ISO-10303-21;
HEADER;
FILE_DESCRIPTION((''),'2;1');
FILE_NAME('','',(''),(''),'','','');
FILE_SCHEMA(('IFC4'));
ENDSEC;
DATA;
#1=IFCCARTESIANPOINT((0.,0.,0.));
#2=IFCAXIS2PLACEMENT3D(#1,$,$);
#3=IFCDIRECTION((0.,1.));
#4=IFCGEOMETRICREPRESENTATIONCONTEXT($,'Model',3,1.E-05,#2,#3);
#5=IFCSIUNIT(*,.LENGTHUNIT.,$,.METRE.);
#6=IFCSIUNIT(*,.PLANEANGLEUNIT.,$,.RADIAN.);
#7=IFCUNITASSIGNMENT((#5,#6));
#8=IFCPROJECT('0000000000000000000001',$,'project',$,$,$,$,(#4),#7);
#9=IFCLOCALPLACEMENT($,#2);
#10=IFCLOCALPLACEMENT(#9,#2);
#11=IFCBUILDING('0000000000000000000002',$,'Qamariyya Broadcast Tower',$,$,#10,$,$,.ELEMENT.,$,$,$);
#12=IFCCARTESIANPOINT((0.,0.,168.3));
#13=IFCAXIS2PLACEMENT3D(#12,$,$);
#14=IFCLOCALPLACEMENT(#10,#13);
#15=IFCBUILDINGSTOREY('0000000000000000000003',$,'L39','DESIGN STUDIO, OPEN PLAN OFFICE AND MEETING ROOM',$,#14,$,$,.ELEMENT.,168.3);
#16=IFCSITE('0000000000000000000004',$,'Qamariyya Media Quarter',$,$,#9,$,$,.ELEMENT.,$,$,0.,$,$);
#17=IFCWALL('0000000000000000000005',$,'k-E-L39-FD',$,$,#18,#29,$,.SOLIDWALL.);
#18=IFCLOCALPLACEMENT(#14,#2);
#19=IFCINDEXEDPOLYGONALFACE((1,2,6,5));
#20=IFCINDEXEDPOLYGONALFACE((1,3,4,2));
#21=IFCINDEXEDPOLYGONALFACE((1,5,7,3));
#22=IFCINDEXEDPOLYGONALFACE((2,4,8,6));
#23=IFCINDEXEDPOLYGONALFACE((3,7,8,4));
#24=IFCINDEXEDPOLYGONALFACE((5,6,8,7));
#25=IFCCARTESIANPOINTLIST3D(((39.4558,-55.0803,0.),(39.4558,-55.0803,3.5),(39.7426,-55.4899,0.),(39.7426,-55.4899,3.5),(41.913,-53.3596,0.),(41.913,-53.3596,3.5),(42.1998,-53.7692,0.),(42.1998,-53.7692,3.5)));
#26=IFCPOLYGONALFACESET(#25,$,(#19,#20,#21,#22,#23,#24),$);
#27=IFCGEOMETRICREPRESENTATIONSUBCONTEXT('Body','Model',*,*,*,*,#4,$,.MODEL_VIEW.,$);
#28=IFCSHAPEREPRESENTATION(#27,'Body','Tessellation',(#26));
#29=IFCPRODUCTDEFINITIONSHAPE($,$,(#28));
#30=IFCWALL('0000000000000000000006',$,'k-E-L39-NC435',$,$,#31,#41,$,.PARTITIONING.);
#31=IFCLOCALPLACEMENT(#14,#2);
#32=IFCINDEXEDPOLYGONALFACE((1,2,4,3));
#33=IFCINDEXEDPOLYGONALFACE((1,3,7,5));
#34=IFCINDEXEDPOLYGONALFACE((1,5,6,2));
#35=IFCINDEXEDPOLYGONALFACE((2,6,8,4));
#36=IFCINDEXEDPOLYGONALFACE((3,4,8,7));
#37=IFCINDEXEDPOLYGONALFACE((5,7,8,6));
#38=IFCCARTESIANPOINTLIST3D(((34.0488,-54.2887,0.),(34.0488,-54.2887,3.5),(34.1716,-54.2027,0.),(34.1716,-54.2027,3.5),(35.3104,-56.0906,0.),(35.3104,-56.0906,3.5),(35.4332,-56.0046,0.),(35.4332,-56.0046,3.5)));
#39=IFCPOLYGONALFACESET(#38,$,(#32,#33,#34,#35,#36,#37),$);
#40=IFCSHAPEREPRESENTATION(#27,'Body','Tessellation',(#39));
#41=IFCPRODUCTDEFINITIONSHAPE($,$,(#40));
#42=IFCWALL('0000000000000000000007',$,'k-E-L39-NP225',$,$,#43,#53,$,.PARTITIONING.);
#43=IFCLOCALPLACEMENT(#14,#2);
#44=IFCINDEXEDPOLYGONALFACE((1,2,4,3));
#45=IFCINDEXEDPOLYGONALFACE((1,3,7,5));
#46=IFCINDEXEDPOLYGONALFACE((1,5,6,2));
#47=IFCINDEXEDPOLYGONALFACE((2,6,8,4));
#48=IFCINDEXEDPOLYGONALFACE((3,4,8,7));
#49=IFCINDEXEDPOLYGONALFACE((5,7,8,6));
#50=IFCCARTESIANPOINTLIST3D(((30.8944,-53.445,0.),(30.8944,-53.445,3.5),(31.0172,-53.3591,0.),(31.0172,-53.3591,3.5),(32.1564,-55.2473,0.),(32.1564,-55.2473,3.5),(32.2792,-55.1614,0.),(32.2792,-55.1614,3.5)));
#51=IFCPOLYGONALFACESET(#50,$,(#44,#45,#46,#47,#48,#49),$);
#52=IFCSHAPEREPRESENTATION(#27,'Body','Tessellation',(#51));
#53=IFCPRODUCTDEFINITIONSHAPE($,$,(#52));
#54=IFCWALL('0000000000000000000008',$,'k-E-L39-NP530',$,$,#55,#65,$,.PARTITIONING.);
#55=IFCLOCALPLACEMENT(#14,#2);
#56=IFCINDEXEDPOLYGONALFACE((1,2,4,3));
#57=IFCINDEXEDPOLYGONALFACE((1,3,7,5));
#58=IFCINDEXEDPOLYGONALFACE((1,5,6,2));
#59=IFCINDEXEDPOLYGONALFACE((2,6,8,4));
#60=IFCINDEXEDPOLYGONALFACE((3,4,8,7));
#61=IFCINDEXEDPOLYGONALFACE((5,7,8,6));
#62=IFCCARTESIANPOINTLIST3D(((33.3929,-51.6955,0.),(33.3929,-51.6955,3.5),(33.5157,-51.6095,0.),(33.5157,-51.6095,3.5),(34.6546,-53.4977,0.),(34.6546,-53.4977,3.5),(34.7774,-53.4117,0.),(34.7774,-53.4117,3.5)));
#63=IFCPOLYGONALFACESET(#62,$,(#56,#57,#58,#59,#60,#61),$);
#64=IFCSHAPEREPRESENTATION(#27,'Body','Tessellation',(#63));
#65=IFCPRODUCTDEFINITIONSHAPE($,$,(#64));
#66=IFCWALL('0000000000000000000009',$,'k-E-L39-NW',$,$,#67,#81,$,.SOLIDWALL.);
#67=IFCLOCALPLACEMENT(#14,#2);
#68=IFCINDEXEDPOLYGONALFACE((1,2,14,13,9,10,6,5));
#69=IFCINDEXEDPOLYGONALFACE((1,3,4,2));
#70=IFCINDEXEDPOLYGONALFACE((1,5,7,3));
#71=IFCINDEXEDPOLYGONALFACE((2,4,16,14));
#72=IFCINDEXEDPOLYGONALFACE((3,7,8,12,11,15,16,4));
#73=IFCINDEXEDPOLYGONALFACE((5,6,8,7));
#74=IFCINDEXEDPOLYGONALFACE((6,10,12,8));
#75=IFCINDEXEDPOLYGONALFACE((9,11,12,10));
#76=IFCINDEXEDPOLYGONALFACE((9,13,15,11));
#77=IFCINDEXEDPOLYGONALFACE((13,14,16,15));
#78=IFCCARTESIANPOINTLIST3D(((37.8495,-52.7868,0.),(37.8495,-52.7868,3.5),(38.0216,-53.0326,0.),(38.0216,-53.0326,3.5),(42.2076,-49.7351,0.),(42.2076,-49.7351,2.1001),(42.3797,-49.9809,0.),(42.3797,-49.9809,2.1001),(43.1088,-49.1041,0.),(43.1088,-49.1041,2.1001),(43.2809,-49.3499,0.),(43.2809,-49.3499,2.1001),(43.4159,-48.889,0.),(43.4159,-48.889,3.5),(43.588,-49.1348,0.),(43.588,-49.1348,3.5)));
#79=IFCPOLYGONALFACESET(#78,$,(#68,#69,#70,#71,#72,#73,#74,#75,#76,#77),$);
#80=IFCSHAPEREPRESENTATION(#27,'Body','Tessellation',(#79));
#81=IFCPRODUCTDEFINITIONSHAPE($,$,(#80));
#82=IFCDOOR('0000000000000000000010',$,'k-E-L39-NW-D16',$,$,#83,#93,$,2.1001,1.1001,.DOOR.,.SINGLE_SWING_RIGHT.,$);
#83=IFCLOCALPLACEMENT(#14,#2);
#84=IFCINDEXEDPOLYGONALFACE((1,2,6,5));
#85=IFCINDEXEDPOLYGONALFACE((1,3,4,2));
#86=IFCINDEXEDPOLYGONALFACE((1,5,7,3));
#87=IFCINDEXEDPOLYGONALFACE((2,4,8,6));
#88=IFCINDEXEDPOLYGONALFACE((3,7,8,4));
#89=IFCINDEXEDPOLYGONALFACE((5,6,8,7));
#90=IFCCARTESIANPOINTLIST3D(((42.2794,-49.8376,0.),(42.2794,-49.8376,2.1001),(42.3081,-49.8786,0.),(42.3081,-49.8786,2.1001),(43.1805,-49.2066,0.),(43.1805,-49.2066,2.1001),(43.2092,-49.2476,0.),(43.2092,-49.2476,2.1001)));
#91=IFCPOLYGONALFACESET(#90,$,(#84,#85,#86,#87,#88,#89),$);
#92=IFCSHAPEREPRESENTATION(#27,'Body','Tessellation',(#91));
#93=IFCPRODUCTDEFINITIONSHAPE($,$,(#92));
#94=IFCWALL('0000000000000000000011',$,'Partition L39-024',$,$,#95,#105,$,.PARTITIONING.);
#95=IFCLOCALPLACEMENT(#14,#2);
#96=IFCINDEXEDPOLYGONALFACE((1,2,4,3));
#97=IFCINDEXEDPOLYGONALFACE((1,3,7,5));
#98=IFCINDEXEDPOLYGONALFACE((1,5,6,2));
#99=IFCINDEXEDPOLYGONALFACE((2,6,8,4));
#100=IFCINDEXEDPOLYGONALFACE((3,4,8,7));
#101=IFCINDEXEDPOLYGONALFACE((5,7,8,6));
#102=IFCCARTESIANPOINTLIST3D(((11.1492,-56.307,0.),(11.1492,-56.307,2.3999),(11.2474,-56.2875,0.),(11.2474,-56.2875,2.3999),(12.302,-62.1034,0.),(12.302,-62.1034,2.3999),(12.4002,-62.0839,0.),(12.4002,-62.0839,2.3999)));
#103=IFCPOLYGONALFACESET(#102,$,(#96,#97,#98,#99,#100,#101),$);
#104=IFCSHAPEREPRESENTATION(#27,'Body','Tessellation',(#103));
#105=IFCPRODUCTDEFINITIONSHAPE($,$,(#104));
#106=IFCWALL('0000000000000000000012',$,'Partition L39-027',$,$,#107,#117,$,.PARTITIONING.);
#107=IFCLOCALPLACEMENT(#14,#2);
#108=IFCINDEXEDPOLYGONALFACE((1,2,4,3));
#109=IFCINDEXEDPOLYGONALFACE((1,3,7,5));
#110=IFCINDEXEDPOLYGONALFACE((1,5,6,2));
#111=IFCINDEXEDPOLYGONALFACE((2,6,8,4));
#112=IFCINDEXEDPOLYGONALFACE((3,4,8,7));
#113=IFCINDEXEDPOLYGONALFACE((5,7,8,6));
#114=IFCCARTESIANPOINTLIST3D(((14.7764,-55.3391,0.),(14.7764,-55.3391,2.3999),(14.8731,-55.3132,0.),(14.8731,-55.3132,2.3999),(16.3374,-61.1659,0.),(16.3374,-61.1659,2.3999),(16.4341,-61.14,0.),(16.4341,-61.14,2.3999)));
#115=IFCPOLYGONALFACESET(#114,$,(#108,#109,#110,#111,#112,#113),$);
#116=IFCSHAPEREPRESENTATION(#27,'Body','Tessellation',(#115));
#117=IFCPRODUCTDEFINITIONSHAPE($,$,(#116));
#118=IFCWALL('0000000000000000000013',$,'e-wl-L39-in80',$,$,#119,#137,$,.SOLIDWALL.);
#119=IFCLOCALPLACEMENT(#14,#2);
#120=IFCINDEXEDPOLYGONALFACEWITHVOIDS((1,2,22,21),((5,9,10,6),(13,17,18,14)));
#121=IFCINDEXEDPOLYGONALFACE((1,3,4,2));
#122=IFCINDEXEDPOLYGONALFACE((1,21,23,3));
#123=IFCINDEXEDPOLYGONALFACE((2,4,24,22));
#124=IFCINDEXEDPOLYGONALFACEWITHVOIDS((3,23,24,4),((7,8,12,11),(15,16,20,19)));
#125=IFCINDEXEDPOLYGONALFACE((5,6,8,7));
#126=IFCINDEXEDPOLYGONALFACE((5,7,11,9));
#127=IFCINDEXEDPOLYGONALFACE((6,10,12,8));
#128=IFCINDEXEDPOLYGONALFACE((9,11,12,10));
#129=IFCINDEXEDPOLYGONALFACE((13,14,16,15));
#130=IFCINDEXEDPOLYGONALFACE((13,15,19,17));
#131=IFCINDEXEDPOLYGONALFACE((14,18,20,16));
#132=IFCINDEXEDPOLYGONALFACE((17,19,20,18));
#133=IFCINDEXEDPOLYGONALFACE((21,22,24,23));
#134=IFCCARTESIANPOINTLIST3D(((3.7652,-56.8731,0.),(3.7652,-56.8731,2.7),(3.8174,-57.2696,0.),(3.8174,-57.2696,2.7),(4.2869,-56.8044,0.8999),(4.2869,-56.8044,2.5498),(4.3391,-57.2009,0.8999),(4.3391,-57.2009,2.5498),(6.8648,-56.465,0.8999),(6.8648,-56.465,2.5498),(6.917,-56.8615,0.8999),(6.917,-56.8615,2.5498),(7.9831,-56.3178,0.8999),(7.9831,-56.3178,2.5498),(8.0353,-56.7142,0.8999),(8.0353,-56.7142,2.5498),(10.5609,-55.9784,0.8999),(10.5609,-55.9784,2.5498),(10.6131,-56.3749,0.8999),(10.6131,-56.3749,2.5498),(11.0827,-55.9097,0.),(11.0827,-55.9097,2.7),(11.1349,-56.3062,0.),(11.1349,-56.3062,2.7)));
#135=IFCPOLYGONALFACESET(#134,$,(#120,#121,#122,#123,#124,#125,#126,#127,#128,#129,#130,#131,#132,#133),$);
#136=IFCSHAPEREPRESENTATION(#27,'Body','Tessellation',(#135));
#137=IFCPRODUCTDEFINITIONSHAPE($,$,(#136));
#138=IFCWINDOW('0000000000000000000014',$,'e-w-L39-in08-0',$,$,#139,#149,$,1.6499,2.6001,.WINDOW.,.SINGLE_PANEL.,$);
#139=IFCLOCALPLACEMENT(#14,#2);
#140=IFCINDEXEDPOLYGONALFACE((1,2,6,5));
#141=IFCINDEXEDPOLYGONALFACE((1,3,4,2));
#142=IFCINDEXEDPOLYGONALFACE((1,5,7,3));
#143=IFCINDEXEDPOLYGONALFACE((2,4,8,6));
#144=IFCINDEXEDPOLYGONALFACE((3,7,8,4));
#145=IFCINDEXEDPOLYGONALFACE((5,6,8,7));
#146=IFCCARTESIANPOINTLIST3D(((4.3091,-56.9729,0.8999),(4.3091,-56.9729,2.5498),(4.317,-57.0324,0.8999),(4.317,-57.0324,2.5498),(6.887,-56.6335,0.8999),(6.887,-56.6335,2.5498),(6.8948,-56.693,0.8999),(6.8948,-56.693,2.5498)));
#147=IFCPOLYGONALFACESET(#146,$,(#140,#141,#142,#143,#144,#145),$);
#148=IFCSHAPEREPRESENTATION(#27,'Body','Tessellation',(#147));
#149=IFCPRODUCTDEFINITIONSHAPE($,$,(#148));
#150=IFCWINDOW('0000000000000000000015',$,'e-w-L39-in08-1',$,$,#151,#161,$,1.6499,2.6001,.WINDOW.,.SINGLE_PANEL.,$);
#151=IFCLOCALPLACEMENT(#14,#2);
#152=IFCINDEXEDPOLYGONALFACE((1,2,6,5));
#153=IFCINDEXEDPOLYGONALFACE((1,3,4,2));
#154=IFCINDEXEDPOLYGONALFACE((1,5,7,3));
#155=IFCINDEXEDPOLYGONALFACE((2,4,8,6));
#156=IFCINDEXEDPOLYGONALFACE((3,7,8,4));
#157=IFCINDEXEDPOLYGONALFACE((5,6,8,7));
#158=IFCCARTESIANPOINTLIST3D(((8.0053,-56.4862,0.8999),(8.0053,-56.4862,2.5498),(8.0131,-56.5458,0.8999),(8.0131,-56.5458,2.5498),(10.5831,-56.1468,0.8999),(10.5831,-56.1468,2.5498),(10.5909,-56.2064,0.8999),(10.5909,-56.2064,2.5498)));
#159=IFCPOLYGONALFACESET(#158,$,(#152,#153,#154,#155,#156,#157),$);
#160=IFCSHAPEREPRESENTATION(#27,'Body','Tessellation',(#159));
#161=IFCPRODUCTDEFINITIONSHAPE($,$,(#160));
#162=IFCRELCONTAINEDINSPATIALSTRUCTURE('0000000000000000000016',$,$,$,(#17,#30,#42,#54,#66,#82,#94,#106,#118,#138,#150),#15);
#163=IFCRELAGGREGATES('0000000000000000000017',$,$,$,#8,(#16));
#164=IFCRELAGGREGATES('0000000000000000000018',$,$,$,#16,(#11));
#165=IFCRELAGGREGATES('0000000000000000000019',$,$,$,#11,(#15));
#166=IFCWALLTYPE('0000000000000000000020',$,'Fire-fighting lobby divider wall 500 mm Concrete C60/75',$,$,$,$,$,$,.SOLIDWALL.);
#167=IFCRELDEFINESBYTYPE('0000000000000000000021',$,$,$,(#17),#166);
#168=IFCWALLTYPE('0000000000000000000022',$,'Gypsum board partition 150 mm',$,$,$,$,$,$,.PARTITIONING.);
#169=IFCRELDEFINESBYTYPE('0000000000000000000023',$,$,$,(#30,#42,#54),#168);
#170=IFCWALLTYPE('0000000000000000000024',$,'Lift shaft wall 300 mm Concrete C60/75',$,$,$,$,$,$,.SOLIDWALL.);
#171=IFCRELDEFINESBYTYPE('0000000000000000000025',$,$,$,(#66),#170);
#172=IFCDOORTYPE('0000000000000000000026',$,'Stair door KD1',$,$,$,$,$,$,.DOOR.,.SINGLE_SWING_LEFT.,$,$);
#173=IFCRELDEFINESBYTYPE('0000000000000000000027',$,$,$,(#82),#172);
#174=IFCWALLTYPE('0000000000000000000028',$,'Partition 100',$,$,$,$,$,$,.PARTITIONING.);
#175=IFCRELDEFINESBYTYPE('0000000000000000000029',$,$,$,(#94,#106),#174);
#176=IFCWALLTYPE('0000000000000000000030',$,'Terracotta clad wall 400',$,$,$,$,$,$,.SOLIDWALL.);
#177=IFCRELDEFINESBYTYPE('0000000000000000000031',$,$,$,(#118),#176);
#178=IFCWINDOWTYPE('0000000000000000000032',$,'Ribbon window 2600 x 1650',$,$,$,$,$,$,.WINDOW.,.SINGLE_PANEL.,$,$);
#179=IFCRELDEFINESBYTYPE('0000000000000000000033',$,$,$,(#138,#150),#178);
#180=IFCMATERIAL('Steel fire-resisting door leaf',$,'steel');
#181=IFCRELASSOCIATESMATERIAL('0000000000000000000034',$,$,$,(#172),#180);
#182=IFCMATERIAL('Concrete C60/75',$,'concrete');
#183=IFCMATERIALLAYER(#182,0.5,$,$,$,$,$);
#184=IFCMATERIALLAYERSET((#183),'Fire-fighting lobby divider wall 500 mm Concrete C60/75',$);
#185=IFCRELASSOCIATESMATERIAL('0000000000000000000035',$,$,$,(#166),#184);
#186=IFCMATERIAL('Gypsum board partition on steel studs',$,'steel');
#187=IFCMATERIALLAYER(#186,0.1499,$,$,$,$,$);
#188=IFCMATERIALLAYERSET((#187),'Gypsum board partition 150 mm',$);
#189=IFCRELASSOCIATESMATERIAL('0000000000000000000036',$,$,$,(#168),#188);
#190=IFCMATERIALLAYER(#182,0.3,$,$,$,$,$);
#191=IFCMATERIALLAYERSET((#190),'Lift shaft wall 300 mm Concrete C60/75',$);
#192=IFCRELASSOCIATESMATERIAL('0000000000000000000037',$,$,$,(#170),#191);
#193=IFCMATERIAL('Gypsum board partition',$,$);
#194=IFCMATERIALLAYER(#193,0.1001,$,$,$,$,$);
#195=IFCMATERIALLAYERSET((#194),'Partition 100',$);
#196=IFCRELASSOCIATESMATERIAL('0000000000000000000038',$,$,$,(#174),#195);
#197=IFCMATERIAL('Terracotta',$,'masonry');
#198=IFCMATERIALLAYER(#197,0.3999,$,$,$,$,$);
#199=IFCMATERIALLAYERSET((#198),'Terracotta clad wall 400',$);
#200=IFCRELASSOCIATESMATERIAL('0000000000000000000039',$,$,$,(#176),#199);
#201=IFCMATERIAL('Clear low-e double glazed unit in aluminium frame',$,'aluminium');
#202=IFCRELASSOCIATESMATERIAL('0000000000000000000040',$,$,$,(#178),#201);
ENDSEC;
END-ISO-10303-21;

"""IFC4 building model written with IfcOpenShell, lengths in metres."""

from ifc_helpers import new_model, si_unit, direction, frame, frame_2d, origin, place, context, subcontext, project, spatial, rectangle, extrude, material, layer, layer_set, type_object, element, fill, save


model = new_model("IFC4")

# Units and contexts
model_context = context("Model", 3, precision=1e-05, world=origin(), true_north=direction((0.0, 1.0)))
body_context = subcontext(model_context, "Body", "Model", "MODEL_VIEW")
ifc_project = project(units=[si_unit("LENGTHUNIT", "METRE"), si_unit("PLANEANGLEUNIT", "RADIAN")], contexts=[model_context])

# Site, building, storey
site_placement = place(None, origin())
site = spatial("IfcSite", under=ifc_project, at=site_placement, Name="Qamariyya Media Quarter", CompositionType="ELEMENT", RefElevation=0.0)
building_placement = place(site_placement, origin())
building = spatial("IfcBuilding", under=site, at=building_placement, Name="Qamariyya Broadcast Tower", CompositionType="ELEMENT")
storey_placement = place(building_placement, frame((0.0, 0.0, 168.3)))
storey = spatial("IfcBuildingStorey", under=building, at=storey_placement, Name="L39", Description="DESIGN STUDIO, OPEN PLAN OFFICE AND MEETING ROOM", CompositionType="ELEMENT", Elevation=168.3)

# Shared definitions
ifc_material_1 = material(Name="Concrete C60/75", Category="concrete")

# Shared definitions
ifc_material_2 = material(Name="Steel fire-resisting door leaf", Category="steel")
door_type_1 = type_object("IfcDoorType", Name="Stair door KD1", OperationType="SINGLE_SWING_LEFT", PredefinedType="DOOR", material=ifc_material_2)

# Walls
ifc_material_3 = material(Name="Gypsum board partition")
ifc_layer_1 = layer(ifc_material_1, 0.5)
ifc_layer_set_1 = layer_set([ifc_layer_1], Name="Fire-fighting lobby divider wall 500 mm Concrete C60/75")
wall_type_1 = type_object("IfcWallType", Name="Fire-fighting lobby divider wall 500 mm Concrete C60/75", PredefinedType="SOLIDWALL", material=ifc_layer_set_1)
wall_1_placement = place(storey_placement, frame((39.5991, -55.2852, 0.0), z_axis=(0.0, 0.0, 1.0), x_axis=(0.819136, 0.573599, 0.0)))
element("IfcWall", 1, at=wall_1_placement, inside=storey, type_object=wall_type_1, Name="k-E-L39-FD", PredefinedType="SOLIDWALL", context=body_context, shape_type="SweptSolid", body=[
    extrude(rectangle(XDim=2.9998, YDim=0.5, at=frame_2d((1.5, 0.0))), origin(), (0.0, 0.0, 1.0), 3.5),
])
ifc_material_4 = material(Name="Gypsum board partition on steel studs", Category="steel")
ifc_layer_2 = layer(ifc_material_4, 0.1499)
ifc_layer_set_2 = layer_set([ifc_layer_2], Name="Gypsum board partition 150 mm")
wall_type_2 = type_object("IfcWallType", Name="Gypsum board partition 150 mm", PredefinedType="PARTITIONING", material=ifc_layer_set_2)
wall_2_placement = place(storey_placement, frame((35.3718, -56.0476, 0.0), z_axis=(0.0, 0.0, 1.0), x_axis=(-0.573559, 0.819164, 0.0)))
element("IfcWall", 2, at=wall_2_placement, inside=storey, type_object=wall_type_2, Name="k-E-L39-NC435", PredefinedType="PARTITIONING", context=body_context, shape_type="SweptSolid", body=[
    extrude(rectangle(XDim=2.1997, YDim=0.1499, at=frame_2d((1.0999, 0.0))), origin(), (0.0, 0.0, 1.0), 3.5),
])
wall_3_placement = place(storey_placement, frame((32.2178, -55.2043, 0.0), z_axis=(0.0, 0.0, 1.0), x_axis=(-0.573581, 0.819149, 0.0)))
element("IfcWall", 3, at=wall_3_placement, inside=storey, type_object=wall_type_2, Name="k-E-L39-NP225", PredefinedType="PARTITIONING", context=body_context, shape_type="SweptSolid", body=[
    extrude(rectangle(XDim=2.2002, YDim=0.1499, at=frame_2d((1.1001, 0.0))), origin(), (0.0, 0.0, 1.0), 3.5),
])
wall_4_placement = place(storey_placement, frame((34.7161, -53.4548, 0.0), z_axis=(0.0, 0.0, 1.0), x_axis=(-0.573507, 0.819201, 0.0)))
element("IfcWall", 4, at=wall_4_placement, inside=storey, type_object=wall_type_2, Name="k-E-L39-NP530", PredefinedType="PARTITIONING", context=body_context, shape_type="SweptSolid", body=[
    extrude(rectangle(XDim=2.2, YDim=0.1499, at=frame_2d((1.1001, 0.0))), origin(), (0.0, 0.0, 1.0), 3.5),
])

# Wall, opening, door
ifc_layer_3 = layer(ifc_material_1, 0.3)
ifc_layer_set_3 = layer_set([ifc_layer_3], Name="Lift shaft wall 300 mm Concrete C60/75")
wall_type_3 = type_object("IfcWallType", Name="Lift shaft wall 300 mm Concrete C60/75", PredefinedType="SOLIDWALL", material=ifc_layer_set_3)
wall_5_placement = place(storey_placement, frame((37.9355, -52.9097, 0.0), z_axis=(0.0, 0.0, 1.0), x_axis=(0.819148, 0.573583, 0.0)))
wall_5 = element("IfcWall", 5, at=wall_5_placement, inside=storey, type_object=wall_type_3, Name="k-E-L39-NW", PredefinedType="SOLIDWALL", context=body_context, shape_type="SweptSolid", body=[
    extrude(rectangle(XDim=6.7954, YDim=0.3, at=frame_2d((3.3977, 0.0))), origin(), (0.0, 0.0, 1.0), 3.5),
])
opening_1_placement = place(wall_5_placement, frame((5.3203, 0.0, 0.0)))
opening_1 = element("IfcOpeningElement", 6, at=opening_1_placement, cuts=wall_5, PredefinedType="OPENING", context=body_context, shape_type="SweptSolid", body=[
    extrude(rectangle(XDim=1.1001, YDim=2.1001, at=frame_2d((0.55, 1.05))), frame((0.0, 0.1599, 0.0), z_axis=(0.0, -1.0, 0.0), x_axis=(1.0, 0.0, 0.0)), (0.0, 0.0, 1.0), 0.3201),
])
door_1_placement = place(opening_1_placement, origin())
door_1 = element("IfcDoor", 7, at=door_1_placement, inside=storey, type_object=door_type_1, Name="k-E-L39-NW-D16", OperationType="SINGLE_SWING_RIGHT", OverallHeight=2.1001, OverallWidth=1.1001, PredefinedType="DOOR", context=body_context, shape_type="SweptSolid", body=[
    extrude(rectangle(XDim=1.1001, YDim=2.1001, at=frame_2d((0.55, 1.05))), frame((0.0, 0.0249, 0.0), z_axis=(0.0, -1.0, 0.0), x_axis=(1.0, 0.0, 0.0)), (0.0, 0.0, 1.0), 0.05),
])
fill(opening_1, door_1)

# Walls
ifc_layer_4 = layer(ifc_material_3, 0.1001)
ifc_layer_set_4 = layer_set([ifc_layer_4], Name="Partition 100")
wall_type_4 = type_object("IfcWallType", Name="Partition 100", PredefinedType="PARTITIONING", material=ifc_layer_set_4)
wall_6_placement = place(storey_placement, frame((11.1982, -56.2971, 0.0), z_axis=(0.0, 0.0, 1.0), x_axis=(0.195067, -0.98079, 0.0)))
element("IfcWall", 8, at=wall_6_placement, inside=storey, type_object=wall_type_4, Name="Partition L39-024", PredefinedType="PARTITIONING", context=body_context, shape_type="SweptSolid", body=[
    extrude(rectangle(XDim=5.9099, YDim=0.1001, at=frame_2d((2.9551, 0.0))), origin(), (0.0, 0.0, 1.0), 2.3999),
])
wall_7_placement = place(storey_placement, frame((14.8247, -55.3262, 0.0), z_axis=(0.0, 0.0, 1.0), x_axis=(0.258786, -0.965935, 0.0)))
element("IfcWall", 9, at=wall_7_placement, inside=storey, type_object=wall_type_4, Name="Partition L39-027", PredefinedType="PARTITIONING", context=body_context, shape_type="SweptSolid", body=[
    extrude(rectangle(XDim=6.0322, YDim=0.1001, at=frame_2d((3.0161, 0.0))), origin(), (0.0, 0.0, 1.0), 2.3999),
])

# Wall, openings, windows
ifc_material_5 = material(Name="Terracotta", Category="masonry")
ifc_layer_5 = layer(ifc_material_5, 0.3999)
ifc_layer_set_5 = layer_set([ifc_layer_5], Name="Terracotta clad wall 400")
wall_type_5 = type_object("IfcWallType", Name="Terracotta clad wall 400", PredefinedType="SOLIDWALL", material=ifc_layer_set_5)
wall_8_placement = place(storey_placement, frame((11.1089, -56.1079, 0.0), z_axis=(0.0, 0.0, 1.0), x_axis=(-0.991444, -0.13053, 0.0)))
wall_8 = element("IfcWall", 10, at=wall_8_placement, inside=storey, type_object=wall_type_5, Name="e-wl-L39-in80", PredefinedType="SOLIDWALL", context=body_context, shape_type="SweptSolid", body=[
    extrude(rectangle(XDim=7.3806, YDim=0.3999, at=frame_2d((3.6904, 0.0))), origin(), (0.0, 0.0, 1.0), 2.7),
])
opening_2_placement = place(wall_8_placement, frame((4.2544, 0.0, 0.8999)))
opening_2 = element("IfcOpeningElement", 11, at=opening_2_placement, cuts=wall_8, PredefinedType="OPENING", context=body_context, shape_type="SweptSolid", body=[
    extrude(rectangle(XDim=2.6001, YDim=1.6499, at=frame_2d((1.3, 0.825))), frame((0.0, 0.21, 0.0), z_axis=(0.0, -1.0, 0.0), x_axis=(1.0, 0.0, 0.0)), (0.0, 0.0, 1.0), 0.4199),
])
opening_3_placement = place(wall_8_placement, frame((0.5264, 0.0, 0.8999)))
opening_3 = element("IfcOpeningElement", 12, at=opening_3_placement, cuts=wall_8, PredefinedType="OPENING", context=body_context, shape_type="SweptSolid", body=[
    extrude(rectangle(XDim=2.6001, YDim=1.6499, at=frame_2d((1.3, 0.825))), frame((0.0, 0.21, 0.0), z_axis=(0.0, -1.0, 0.0), x_axis=(1.0, 0.0, 0.0)), (0.0, 0.0, 1.0), 0.4199),
])
ifc_material_6 = material(Name="Clear low-e double glazed unit in aluminium frame", Category="aluminium")
window_type = type_object("IfcWindowType", Name="Ribbon window 2600 x 1650", PartitioningType="SINGLE_PANEL", PredefinedType="WINDOW", material=ifc_material_6)
window_1_placement = place(opening_2_placement, origin())
window_1 = element("IfcWindow", 13, at=window_1_placement, inside=storey, type_object=window_type, Name="e-w-L39-in08-0", OverallHeight=1.6499, OverallWidth=2.6001, PartitioningType="SINGLE_PANEL", PredefinedType="WINDOW", context=body_context, shape_type="SweptSolid", body=[
    extrude(rectangle(XDim=2.6001, YDim=1.6499, at=frame_2d((1.3, 0.825))), frame((0.0, 0.03, 0.0), z_axis=(0.0, -1.0, 0.0), x_axis=(1.0, 0.0, 0.0)), (0.0, 0.0, 1.0), 0.0601),
])
fill(opening_2, window_1)
window_2_placement = place(opening_3_placement, origin())
window_2 = element("IfcWindow", 14, at=window_2_placement, inside=storey, type_object=window_type, Name="e-w-L39-in08-1", OverallHeight=1.6499, OverallWidth=2.6001, PartitioningType="SINGLE_PANEL", PredefinedType="WINDOW", context=body_context, shape_type="SweptSolid", body=[
    extrude(rectangle(XDim=2.6001, YDim=1.6499, at=frame_2d((1.3, 0.825))), frame((0.0, 0.03, 0.0), z_axis=(0.0, -1.0, 0.0), x_axis=(1.0, 0.0, 0.0)), (0.0, 0.0, 1.0), 0.0601),
])
fill(opening_3, window_2)

save(model, "model.ifc")
